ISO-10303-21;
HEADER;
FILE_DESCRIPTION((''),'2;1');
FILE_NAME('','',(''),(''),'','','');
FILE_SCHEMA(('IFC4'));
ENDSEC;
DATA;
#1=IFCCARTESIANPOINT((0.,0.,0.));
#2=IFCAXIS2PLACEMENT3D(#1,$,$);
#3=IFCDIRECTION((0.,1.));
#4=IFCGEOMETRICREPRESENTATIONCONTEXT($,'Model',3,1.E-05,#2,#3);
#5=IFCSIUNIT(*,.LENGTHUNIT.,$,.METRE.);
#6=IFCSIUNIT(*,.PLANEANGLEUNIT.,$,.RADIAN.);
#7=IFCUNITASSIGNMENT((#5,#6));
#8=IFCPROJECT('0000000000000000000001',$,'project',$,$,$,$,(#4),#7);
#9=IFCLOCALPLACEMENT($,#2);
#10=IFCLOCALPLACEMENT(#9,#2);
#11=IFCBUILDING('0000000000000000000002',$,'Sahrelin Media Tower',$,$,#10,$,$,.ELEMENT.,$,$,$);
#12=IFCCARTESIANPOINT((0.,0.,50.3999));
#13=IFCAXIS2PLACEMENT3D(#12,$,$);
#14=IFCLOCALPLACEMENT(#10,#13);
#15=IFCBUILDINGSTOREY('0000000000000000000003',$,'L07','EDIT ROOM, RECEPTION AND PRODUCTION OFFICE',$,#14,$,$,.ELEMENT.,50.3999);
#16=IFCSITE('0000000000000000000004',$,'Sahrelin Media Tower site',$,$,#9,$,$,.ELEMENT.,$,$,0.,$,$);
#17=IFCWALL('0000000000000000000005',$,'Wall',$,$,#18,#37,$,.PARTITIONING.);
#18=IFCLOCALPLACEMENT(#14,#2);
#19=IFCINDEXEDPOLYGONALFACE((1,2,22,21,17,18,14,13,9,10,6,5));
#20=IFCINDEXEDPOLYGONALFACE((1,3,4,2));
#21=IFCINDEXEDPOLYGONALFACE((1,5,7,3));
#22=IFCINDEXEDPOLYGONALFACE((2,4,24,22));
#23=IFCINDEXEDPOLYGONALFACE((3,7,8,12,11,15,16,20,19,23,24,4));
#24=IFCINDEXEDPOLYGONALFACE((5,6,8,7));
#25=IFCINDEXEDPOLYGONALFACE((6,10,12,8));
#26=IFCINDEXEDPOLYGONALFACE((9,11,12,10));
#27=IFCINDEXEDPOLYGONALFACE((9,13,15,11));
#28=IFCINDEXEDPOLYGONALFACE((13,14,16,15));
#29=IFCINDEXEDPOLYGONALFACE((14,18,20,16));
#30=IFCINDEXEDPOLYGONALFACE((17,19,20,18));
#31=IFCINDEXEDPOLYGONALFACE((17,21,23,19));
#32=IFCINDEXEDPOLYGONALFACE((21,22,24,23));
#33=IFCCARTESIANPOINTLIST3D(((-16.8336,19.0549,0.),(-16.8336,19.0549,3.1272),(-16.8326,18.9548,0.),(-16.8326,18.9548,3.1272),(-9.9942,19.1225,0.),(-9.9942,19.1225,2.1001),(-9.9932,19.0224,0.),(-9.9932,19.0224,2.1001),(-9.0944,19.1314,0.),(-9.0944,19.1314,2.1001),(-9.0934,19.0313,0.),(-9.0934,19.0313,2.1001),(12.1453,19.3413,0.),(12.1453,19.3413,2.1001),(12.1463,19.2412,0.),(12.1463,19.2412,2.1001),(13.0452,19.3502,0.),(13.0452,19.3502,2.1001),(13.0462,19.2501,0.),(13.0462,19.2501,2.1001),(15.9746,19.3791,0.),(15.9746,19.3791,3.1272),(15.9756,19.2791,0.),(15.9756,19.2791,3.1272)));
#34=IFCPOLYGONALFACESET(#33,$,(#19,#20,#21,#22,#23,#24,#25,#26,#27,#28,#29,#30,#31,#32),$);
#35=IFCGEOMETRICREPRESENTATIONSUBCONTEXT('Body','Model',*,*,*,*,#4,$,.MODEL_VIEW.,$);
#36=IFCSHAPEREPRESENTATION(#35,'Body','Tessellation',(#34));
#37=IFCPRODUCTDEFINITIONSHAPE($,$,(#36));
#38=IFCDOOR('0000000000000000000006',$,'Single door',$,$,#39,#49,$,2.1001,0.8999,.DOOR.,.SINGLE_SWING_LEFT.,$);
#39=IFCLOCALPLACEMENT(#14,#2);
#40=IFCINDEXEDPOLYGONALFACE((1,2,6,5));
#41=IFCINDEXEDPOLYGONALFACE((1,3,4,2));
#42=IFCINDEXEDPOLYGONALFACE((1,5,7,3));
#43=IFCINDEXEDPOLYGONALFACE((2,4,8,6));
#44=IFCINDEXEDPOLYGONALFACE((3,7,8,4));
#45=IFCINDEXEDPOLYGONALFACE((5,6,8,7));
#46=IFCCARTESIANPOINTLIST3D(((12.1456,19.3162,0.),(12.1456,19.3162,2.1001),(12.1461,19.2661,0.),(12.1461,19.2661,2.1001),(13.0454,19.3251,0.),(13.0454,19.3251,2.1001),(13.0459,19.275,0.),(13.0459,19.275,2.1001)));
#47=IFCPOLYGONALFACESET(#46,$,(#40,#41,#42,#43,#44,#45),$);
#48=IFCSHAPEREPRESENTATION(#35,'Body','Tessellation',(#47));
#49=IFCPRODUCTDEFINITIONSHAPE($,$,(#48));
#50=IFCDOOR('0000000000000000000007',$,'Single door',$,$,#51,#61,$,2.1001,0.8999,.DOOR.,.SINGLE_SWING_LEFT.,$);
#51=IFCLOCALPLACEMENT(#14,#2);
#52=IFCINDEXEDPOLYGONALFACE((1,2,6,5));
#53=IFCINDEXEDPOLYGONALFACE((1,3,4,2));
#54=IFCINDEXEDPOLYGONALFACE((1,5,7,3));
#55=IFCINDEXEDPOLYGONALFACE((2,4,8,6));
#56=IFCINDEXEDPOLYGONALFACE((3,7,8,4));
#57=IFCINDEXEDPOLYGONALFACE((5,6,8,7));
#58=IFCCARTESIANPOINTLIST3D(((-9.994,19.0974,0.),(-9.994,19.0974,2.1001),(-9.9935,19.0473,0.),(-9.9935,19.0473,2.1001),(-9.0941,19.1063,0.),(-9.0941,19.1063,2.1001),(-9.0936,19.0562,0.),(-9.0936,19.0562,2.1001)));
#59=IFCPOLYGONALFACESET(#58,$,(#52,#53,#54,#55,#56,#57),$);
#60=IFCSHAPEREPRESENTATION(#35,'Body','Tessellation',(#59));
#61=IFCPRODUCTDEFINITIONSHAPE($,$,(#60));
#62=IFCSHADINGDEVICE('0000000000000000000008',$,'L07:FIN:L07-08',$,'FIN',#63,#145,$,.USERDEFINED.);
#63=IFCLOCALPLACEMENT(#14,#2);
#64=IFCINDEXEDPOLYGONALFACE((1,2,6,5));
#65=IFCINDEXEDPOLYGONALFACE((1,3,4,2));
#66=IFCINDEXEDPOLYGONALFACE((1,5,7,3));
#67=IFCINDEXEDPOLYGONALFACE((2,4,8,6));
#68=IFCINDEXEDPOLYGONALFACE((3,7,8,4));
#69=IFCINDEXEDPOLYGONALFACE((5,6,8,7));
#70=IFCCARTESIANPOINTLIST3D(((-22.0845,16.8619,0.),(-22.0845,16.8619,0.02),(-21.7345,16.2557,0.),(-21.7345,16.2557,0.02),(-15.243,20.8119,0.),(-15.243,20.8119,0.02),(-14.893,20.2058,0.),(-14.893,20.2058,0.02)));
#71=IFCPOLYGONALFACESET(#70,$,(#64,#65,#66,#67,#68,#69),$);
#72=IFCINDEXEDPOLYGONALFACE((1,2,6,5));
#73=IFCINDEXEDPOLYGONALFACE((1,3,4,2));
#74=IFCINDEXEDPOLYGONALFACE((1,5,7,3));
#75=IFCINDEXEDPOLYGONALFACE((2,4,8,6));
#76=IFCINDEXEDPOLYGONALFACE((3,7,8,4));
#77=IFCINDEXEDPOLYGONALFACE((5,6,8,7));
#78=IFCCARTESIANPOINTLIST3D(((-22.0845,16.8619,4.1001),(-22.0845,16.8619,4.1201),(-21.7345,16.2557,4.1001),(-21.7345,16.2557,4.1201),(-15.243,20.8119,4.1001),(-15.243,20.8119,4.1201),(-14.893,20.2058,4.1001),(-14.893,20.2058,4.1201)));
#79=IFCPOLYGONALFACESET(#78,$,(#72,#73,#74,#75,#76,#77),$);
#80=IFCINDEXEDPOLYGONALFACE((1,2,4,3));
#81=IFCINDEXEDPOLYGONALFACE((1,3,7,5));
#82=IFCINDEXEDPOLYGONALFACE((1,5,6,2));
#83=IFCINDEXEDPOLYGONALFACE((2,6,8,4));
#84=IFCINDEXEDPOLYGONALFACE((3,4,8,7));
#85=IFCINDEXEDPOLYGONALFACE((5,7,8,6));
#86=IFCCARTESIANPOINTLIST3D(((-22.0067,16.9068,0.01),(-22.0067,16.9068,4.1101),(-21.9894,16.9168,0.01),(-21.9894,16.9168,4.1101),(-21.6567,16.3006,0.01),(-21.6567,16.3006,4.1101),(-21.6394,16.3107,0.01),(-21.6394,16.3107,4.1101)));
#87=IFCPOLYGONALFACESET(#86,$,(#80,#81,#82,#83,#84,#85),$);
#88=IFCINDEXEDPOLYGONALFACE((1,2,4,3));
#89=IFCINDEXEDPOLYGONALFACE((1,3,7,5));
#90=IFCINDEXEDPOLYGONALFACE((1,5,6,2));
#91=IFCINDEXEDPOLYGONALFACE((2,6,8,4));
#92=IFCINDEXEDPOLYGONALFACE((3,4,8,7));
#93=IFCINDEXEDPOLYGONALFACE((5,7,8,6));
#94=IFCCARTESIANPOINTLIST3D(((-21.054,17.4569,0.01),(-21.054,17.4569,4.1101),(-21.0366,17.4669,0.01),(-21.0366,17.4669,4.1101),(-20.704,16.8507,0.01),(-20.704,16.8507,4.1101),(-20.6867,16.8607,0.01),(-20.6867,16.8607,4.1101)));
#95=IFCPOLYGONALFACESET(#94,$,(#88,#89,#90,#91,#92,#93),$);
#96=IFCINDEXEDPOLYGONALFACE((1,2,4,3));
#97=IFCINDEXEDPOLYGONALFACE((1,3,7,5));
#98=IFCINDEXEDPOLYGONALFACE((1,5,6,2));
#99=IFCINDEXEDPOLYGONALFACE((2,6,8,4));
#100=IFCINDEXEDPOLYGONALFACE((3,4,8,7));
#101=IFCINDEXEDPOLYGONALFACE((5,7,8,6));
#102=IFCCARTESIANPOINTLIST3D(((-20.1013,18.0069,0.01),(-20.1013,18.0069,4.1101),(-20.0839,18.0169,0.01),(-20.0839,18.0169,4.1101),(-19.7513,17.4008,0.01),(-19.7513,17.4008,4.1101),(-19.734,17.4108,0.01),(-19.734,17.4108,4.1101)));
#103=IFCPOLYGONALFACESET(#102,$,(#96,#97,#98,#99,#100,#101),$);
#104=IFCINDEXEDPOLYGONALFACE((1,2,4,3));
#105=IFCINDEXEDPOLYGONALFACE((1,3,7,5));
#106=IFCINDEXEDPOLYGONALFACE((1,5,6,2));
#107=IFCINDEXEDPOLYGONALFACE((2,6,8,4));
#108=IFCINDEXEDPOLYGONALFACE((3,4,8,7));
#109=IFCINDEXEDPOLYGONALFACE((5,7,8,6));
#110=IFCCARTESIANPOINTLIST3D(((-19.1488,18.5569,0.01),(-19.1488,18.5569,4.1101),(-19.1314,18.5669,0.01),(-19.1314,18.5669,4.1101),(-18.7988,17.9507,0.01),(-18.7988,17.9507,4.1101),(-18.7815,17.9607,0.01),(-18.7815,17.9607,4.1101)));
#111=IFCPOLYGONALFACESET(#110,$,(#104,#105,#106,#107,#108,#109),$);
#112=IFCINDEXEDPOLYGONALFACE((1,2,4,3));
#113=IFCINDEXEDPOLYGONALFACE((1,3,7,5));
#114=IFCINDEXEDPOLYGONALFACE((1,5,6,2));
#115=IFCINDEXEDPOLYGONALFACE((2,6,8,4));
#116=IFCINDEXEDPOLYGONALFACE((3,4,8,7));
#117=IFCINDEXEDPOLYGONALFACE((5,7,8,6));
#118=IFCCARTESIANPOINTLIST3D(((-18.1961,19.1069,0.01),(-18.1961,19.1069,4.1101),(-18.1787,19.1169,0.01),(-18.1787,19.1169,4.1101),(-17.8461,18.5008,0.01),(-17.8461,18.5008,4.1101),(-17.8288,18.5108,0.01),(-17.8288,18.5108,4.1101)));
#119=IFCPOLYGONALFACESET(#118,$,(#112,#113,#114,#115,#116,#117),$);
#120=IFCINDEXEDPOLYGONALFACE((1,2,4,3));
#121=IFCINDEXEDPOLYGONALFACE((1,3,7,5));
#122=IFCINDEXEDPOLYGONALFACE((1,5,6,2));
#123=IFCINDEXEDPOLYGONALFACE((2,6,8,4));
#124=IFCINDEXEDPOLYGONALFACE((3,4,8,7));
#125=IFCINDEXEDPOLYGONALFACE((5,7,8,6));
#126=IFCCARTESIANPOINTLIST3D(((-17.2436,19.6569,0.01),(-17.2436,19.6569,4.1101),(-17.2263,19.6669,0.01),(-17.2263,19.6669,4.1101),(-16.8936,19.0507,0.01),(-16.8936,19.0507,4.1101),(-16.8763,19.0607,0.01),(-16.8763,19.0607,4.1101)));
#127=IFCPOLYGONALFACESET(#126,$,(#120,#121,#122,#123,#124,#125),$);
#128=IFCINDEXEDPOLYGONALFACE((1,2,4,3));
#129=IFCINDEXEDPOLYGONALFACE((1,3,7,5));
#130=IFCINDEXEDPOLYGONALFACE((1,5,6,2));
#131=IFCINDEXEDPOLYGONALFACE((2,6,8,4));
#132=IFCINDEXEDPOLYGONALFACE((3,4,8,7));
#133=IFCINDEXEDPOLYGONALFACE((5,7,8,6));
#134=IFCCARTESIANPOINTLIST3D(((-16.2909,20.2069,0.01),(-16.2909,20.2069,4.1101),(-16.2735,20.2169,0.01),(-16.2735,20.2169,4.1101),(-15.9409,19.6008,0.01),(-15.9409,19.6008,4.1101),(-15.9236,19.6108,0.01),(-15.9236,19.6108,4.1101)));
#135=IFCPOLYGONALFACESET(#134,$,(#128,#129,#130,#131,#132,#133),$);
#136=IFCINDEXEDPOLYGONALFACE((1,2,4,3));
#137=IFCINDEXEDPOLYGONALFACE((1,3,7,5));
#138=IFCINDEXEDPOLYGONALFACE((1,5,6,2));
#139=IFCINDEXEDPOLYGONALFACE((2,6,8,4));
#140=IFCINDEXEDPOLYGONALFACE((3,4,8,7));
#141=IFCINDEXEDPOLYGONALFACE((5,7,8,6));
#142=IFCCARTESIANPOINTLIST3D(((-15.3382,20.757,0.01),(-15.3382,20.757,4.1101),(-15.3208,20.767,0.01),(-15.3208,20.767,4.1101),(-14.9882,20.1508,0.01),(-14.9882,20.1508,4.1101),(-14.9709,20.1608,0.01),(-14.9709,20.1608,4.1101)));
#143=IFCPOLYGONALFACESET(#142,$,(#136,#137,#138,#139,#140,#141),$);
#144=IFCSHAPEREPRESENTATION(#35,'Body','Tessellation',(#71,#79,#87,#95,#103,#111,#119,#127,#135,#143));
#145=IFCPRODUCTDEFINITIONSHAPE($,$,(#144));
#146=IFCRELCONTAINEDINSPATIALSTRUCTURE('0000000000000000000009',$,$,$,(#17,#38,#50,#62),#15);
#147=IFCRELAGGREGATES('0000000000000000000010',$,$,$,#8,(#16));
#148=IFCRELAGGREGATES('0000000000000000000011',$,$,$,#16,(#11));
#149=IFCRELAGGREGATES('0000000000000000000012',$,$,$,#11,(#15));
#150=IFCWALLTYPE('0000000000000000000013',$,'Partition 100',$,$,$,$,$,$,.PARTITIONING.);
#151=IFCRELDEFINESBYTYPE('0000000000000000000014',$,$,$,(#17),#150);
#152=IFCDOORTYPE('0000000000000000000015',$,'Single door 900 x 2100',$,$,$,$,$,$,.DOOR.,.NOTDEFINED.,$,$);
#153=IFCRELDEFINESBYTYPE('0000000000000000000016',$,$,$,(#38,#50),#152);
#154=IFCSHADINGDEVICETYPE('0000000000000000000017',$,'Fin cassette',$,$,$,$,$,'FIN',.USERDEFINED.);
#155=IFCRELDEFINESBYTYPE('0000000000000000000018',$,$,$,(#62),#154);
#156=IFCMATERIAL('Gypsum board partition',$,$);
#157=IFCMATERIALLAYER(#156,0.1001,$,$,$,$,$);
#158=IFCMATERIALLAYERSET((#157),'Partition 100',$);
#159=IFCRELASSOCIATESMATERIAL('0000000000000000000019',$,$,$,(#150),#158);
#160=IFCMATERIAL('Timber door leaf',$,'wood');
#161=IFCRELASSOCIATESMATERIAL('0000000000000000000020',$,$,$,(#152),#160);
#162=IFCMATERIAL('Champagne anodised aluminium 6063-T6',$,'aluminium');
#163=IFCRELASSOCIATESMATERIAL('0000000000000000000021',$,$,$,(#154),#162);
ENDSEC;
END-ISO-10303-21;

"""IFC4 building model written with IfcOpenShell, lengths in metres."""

from ifc_helpers import new_model, si_unit, direction, frame, frame_2d, origin, origin_2d, place, context, subcontext, project, spatial, rectangle, extrude, material, layer, layer_set, type_object, element, fill, save


model = new_model("IFC4")

# Units and contexts
model_context = context("Model", 3, precision=1e-05, world=origin(), true_north=direction((0.0, 1.0)))
body_context = subcontext(model_context, "Body", "Model", "MODEL_VIEW")
ifc_project = project(units=[si_unit("LENGTHUNIT", "METRE"), si_unit("PLANEANGLEUNIT", "RADIAN")], contexts=[model_context])

# Site, building, storey
site_placement = place(None, origin())
site = spatial("IfcSite", under=ifc_project, at=site_placement, Name="Sahrelin Media Tower site", CompositionType="ELEMENT", RefElevation=0.0)
building_placement = place(site_placement, origin())
building = spatial("IfcBuilding", under=site, at=building_placement, Name="Sahrelin Media Tower", CompositionType="ELEMENT")
storey_placement = place(building_placement, frame((0.0, 0.0, 50.3999)))
storey = spatial("IfcBuildingStorey", under=building, at=storey_placement, Name="L07", Description="EDIT ROOM, RECEPTION AND PRODUCTION OFFICE", CompositionType="ELEMENT", Elevation=50.3999)

# Shared definitions
ifc_material_1 = material(Name="Champagne anodised aluminium 6063-T6", Category="aluminium")

# Shared definitions
ifc_material_2 = material(Name="Gypsum board partition")
ifc_layer_1 = layer(ifc_material_2, 0.1001)
ifc_layer_set_1 = layer_set([ifc_layer_1], Name="Partition 100")
wall_type_1 = type_object("IfcWallType", Name="Partition 100", PredefinedType="PARTITIONING", material=ifc_layer_set_1)

# Wall, openings, doors
wall_1_placement = place(storey_placement, frame((-16.833, 19.0049, 0.0), z_axis=(0.0, 0.0, 1.0), x_axis=(0.999951, 0.009882, 0.0)))
wall_1 = element("IfcWall", 1, at=wall_1_placement, inside=storey, type_object=wall_type_1, Name="Wall", PredefinedType="PARTITIONING", context=body_context, shape_type="SweptSolid", body=[
    extrude(rectangle(XDim=32.8098, YDim=0.1001, at=frame_2d((16.4048, 0.0))), origin(), (0.0, 0.0, 1.0), 3.1272),
])
opening_1_placement = place(wall_1_placement, frame((28.9802, 0.0, 0.0)))
opening_1 = element("IfcOpeningElement", 2, at=opening_1_placement, cuts=wall_1, PredefinedType="OPENING", context=body_context, shape_type="SweptSolid", body=[
    extrude(rectangle(XDim=0.8999, YDim=2.1001, at=frame_2d((0.45, 1.05))), frame((0.0, 0.05, 0.0), z_axis=(0.0, -1.0, 0.0), x_axis=(1.0, 0.0, 0.0)), (0.0, 0.0, 1.0), 0.1001),
])
opening_2_placement = place(wall_1_placement, frame((6.8396, 0.0, 0.0)))
opening_2 = element("IfcOpeningElement", 3, at=opening_2_placement, cuts=wall_1, PredefinedType="OPENING", context=body_context, shape_type="SweptSolid", body=[
    extrude(rectangle(XDim=0.8999, YDim=2.1001, at=frame_2d((0.45, 1.05))), frame((0.0, 0.05, 0.0), z_axis=(0.0, -1.0, 0.0), x_axis=(1.0, 0.0, 0.0)), (0.0, 0.0, 1.0), 0.1001),
])
ifc_material_3 = material(Name="Timber door leaf", Category="wood")
door_type_1 = type_object("IfcDoorType", Name="Single door 900 x 2100", OperationType="NOTDEFINED", PredefinedType="DOOR", material=ifc_material_3)
door_1_placement = place(opening_1_placement, origin())
door_1 = element("IfcDoor", 4, at=door_1_placement, inside=storey, type_object=door_type_1, Name="Single door", OperationType="SINGLE_SWING_LEFT", OverallHeight=2.1001, OverallWidth=0.8999, PredefinedType="DOOR", context=body_context, shape_type="SweptSolid", body=[
    extrude(rectangle(XDim=0.8999, YDim=2.1001, at=frame_2d((0.45, 1.05))), frame((0.0, 0.0249, 0.0), z_axis=(0.0, -1.0, 0.0), x_axis=(1.0, 0.0, 0.0)), (0.0, 0.0, 1.0), 0.05),
])
fill(opening_1, door_1)
door_2_placement = place(opening_2_placement, origin())
door_2 = element("IfcDoor", 5, at=door_2_placement, inside=storey, type_object=door_type_1, Name="Single door", OperationType="SINGLE_SWING_LEFT", OverallHeight=2.1001, OverallWidth=0.8999, PredefinedType="DOOR", context=body_context, shape_type="SweptSolid", body=[
    extrude(rectangle(XDim=0.8999, YDim=2.1001, at=frame_2d((0.45, 1.05))), frame((0.0, 0.0249, 0.0), z_axis=(0.0, -1.0, 0.0), x_axis=(1.0, 0.0, 0.0)), (0.0, 0.0, 1.0), 0.05),
])
fill(opening_2, door_2)

# Shading device
shading_device_type_1 = type_object("IfcShadingDeviceType", Name="Fin cassette", ElementType="FIN", PredefinedType="USERDEFINED", material=ifc_material_1)
placement_1 = place(storey_placement, frame((-18.2788, 18.1702, 0.0), z_axis=(0.0, 0.0, 1.0), x_axis=(0.866019, 0.500011, 0.0)))
element("IfcShadingDevice", 6, at=placement_1, inside=storey, type_object=shading_device_type_1, Name="L07:FIN:L07-08", ObjectType="FIN", PredefinedType="USERDEFINED", context=body_context, shape_type="SweptSolid", body=[
    extrude(rectangle(XDim=7.8999, YDim=0.7, at=origin_2d()), frame((0.0, 0.4199, 0.0)), (0.0, 0.0, 1.0), 0.02),
    extrude(rectangle(XDim=7.8999, YDim=0.7, at=origin_2d()), frame((0.0, 0.4199, 4.1001)), (0.0, 0.0, 1.0), 0.02),
    extrude(rectangle(XDim=0.02, YDim=0.7, at=origin_2d()), frame((-3.8501, 0.4199, 0.01), z_axis=(0.0, 0.0, 1.0), x_axis=(1.0, 0.0, 0.0)), (0.0, 0.0, 1.0), 4.1001),
    extrude(rectangle(XDim=0.02, YDim=0.7, at=origin_2d()), frame((-2.75, 0.4199, 0.01), z_axis=(0.0, 0.0, 1.0), x_axis=(1.0, 0.0, 0.0)), (0.0, 0.0, 1.0), 4.1001),
    extrude(rectangle(XDim=0.02, YDim=0.7, at=origin_2d()), frame((-1.6499, 0.4199, 0.01), z_axis=(0.0, 0.0, 1.0), x_axis=(1.0, 0.0, 0.0)), (0.0, 0.0, 1.0), 4.1001),
    extrude(rectangle(XDim=0.02, YDim=0.7, at=origin_2d()), frame((-0.55, 0.4199, 0.01), z_axis=(0.0, 0.0, 1.0), x_axis=(1.0, 0.0, 0.0)), (0.0, 0.0, 1.0), 4.1001),
    extrude(rectangle(XDim=0.02, YDim=0.7, at=origin_2d()), frame((0.55, 0.4199, 0.01), z_axis=(0.0, 0.0, 1.0), x_axis=(1.0, 0.0, 0.0)), (0.0, 0.0, 1.0), 4.1001),
    extrude(rectangle(XDim=0.02, YDim=0.7, at=origin_2d()), frame((1.6499, 0.4199, 0.01), z_axis=(0.0, 0.0, 1.0), x_axis=(1.0, 0.0, 0.0)), (0.0, 0.0, 1.0), 4.1001),
    extrude(rectangle(XDim=0.02, YDim=0.7, at=origin_2d()), frame((2.75, 0.4199, 0.01), z_axis=(0.0, 0.0, 1.0), x_axis=(1.0, 0.0, 0.0)), (0.0, 0.0, 1.0), 4.1001),
    extrude(rectangle(XDim=0.02, YDim=0.7, at=origin_2d()), frame((3.8501, 0.4199, 0.01), z_axis=(0.0, 0.0, 1.0), x_axis=(1.0, 0.0, 0.0)), (0.0, 0.0, 1.0), 4.1001),
])

save(model, "model.ifc")
